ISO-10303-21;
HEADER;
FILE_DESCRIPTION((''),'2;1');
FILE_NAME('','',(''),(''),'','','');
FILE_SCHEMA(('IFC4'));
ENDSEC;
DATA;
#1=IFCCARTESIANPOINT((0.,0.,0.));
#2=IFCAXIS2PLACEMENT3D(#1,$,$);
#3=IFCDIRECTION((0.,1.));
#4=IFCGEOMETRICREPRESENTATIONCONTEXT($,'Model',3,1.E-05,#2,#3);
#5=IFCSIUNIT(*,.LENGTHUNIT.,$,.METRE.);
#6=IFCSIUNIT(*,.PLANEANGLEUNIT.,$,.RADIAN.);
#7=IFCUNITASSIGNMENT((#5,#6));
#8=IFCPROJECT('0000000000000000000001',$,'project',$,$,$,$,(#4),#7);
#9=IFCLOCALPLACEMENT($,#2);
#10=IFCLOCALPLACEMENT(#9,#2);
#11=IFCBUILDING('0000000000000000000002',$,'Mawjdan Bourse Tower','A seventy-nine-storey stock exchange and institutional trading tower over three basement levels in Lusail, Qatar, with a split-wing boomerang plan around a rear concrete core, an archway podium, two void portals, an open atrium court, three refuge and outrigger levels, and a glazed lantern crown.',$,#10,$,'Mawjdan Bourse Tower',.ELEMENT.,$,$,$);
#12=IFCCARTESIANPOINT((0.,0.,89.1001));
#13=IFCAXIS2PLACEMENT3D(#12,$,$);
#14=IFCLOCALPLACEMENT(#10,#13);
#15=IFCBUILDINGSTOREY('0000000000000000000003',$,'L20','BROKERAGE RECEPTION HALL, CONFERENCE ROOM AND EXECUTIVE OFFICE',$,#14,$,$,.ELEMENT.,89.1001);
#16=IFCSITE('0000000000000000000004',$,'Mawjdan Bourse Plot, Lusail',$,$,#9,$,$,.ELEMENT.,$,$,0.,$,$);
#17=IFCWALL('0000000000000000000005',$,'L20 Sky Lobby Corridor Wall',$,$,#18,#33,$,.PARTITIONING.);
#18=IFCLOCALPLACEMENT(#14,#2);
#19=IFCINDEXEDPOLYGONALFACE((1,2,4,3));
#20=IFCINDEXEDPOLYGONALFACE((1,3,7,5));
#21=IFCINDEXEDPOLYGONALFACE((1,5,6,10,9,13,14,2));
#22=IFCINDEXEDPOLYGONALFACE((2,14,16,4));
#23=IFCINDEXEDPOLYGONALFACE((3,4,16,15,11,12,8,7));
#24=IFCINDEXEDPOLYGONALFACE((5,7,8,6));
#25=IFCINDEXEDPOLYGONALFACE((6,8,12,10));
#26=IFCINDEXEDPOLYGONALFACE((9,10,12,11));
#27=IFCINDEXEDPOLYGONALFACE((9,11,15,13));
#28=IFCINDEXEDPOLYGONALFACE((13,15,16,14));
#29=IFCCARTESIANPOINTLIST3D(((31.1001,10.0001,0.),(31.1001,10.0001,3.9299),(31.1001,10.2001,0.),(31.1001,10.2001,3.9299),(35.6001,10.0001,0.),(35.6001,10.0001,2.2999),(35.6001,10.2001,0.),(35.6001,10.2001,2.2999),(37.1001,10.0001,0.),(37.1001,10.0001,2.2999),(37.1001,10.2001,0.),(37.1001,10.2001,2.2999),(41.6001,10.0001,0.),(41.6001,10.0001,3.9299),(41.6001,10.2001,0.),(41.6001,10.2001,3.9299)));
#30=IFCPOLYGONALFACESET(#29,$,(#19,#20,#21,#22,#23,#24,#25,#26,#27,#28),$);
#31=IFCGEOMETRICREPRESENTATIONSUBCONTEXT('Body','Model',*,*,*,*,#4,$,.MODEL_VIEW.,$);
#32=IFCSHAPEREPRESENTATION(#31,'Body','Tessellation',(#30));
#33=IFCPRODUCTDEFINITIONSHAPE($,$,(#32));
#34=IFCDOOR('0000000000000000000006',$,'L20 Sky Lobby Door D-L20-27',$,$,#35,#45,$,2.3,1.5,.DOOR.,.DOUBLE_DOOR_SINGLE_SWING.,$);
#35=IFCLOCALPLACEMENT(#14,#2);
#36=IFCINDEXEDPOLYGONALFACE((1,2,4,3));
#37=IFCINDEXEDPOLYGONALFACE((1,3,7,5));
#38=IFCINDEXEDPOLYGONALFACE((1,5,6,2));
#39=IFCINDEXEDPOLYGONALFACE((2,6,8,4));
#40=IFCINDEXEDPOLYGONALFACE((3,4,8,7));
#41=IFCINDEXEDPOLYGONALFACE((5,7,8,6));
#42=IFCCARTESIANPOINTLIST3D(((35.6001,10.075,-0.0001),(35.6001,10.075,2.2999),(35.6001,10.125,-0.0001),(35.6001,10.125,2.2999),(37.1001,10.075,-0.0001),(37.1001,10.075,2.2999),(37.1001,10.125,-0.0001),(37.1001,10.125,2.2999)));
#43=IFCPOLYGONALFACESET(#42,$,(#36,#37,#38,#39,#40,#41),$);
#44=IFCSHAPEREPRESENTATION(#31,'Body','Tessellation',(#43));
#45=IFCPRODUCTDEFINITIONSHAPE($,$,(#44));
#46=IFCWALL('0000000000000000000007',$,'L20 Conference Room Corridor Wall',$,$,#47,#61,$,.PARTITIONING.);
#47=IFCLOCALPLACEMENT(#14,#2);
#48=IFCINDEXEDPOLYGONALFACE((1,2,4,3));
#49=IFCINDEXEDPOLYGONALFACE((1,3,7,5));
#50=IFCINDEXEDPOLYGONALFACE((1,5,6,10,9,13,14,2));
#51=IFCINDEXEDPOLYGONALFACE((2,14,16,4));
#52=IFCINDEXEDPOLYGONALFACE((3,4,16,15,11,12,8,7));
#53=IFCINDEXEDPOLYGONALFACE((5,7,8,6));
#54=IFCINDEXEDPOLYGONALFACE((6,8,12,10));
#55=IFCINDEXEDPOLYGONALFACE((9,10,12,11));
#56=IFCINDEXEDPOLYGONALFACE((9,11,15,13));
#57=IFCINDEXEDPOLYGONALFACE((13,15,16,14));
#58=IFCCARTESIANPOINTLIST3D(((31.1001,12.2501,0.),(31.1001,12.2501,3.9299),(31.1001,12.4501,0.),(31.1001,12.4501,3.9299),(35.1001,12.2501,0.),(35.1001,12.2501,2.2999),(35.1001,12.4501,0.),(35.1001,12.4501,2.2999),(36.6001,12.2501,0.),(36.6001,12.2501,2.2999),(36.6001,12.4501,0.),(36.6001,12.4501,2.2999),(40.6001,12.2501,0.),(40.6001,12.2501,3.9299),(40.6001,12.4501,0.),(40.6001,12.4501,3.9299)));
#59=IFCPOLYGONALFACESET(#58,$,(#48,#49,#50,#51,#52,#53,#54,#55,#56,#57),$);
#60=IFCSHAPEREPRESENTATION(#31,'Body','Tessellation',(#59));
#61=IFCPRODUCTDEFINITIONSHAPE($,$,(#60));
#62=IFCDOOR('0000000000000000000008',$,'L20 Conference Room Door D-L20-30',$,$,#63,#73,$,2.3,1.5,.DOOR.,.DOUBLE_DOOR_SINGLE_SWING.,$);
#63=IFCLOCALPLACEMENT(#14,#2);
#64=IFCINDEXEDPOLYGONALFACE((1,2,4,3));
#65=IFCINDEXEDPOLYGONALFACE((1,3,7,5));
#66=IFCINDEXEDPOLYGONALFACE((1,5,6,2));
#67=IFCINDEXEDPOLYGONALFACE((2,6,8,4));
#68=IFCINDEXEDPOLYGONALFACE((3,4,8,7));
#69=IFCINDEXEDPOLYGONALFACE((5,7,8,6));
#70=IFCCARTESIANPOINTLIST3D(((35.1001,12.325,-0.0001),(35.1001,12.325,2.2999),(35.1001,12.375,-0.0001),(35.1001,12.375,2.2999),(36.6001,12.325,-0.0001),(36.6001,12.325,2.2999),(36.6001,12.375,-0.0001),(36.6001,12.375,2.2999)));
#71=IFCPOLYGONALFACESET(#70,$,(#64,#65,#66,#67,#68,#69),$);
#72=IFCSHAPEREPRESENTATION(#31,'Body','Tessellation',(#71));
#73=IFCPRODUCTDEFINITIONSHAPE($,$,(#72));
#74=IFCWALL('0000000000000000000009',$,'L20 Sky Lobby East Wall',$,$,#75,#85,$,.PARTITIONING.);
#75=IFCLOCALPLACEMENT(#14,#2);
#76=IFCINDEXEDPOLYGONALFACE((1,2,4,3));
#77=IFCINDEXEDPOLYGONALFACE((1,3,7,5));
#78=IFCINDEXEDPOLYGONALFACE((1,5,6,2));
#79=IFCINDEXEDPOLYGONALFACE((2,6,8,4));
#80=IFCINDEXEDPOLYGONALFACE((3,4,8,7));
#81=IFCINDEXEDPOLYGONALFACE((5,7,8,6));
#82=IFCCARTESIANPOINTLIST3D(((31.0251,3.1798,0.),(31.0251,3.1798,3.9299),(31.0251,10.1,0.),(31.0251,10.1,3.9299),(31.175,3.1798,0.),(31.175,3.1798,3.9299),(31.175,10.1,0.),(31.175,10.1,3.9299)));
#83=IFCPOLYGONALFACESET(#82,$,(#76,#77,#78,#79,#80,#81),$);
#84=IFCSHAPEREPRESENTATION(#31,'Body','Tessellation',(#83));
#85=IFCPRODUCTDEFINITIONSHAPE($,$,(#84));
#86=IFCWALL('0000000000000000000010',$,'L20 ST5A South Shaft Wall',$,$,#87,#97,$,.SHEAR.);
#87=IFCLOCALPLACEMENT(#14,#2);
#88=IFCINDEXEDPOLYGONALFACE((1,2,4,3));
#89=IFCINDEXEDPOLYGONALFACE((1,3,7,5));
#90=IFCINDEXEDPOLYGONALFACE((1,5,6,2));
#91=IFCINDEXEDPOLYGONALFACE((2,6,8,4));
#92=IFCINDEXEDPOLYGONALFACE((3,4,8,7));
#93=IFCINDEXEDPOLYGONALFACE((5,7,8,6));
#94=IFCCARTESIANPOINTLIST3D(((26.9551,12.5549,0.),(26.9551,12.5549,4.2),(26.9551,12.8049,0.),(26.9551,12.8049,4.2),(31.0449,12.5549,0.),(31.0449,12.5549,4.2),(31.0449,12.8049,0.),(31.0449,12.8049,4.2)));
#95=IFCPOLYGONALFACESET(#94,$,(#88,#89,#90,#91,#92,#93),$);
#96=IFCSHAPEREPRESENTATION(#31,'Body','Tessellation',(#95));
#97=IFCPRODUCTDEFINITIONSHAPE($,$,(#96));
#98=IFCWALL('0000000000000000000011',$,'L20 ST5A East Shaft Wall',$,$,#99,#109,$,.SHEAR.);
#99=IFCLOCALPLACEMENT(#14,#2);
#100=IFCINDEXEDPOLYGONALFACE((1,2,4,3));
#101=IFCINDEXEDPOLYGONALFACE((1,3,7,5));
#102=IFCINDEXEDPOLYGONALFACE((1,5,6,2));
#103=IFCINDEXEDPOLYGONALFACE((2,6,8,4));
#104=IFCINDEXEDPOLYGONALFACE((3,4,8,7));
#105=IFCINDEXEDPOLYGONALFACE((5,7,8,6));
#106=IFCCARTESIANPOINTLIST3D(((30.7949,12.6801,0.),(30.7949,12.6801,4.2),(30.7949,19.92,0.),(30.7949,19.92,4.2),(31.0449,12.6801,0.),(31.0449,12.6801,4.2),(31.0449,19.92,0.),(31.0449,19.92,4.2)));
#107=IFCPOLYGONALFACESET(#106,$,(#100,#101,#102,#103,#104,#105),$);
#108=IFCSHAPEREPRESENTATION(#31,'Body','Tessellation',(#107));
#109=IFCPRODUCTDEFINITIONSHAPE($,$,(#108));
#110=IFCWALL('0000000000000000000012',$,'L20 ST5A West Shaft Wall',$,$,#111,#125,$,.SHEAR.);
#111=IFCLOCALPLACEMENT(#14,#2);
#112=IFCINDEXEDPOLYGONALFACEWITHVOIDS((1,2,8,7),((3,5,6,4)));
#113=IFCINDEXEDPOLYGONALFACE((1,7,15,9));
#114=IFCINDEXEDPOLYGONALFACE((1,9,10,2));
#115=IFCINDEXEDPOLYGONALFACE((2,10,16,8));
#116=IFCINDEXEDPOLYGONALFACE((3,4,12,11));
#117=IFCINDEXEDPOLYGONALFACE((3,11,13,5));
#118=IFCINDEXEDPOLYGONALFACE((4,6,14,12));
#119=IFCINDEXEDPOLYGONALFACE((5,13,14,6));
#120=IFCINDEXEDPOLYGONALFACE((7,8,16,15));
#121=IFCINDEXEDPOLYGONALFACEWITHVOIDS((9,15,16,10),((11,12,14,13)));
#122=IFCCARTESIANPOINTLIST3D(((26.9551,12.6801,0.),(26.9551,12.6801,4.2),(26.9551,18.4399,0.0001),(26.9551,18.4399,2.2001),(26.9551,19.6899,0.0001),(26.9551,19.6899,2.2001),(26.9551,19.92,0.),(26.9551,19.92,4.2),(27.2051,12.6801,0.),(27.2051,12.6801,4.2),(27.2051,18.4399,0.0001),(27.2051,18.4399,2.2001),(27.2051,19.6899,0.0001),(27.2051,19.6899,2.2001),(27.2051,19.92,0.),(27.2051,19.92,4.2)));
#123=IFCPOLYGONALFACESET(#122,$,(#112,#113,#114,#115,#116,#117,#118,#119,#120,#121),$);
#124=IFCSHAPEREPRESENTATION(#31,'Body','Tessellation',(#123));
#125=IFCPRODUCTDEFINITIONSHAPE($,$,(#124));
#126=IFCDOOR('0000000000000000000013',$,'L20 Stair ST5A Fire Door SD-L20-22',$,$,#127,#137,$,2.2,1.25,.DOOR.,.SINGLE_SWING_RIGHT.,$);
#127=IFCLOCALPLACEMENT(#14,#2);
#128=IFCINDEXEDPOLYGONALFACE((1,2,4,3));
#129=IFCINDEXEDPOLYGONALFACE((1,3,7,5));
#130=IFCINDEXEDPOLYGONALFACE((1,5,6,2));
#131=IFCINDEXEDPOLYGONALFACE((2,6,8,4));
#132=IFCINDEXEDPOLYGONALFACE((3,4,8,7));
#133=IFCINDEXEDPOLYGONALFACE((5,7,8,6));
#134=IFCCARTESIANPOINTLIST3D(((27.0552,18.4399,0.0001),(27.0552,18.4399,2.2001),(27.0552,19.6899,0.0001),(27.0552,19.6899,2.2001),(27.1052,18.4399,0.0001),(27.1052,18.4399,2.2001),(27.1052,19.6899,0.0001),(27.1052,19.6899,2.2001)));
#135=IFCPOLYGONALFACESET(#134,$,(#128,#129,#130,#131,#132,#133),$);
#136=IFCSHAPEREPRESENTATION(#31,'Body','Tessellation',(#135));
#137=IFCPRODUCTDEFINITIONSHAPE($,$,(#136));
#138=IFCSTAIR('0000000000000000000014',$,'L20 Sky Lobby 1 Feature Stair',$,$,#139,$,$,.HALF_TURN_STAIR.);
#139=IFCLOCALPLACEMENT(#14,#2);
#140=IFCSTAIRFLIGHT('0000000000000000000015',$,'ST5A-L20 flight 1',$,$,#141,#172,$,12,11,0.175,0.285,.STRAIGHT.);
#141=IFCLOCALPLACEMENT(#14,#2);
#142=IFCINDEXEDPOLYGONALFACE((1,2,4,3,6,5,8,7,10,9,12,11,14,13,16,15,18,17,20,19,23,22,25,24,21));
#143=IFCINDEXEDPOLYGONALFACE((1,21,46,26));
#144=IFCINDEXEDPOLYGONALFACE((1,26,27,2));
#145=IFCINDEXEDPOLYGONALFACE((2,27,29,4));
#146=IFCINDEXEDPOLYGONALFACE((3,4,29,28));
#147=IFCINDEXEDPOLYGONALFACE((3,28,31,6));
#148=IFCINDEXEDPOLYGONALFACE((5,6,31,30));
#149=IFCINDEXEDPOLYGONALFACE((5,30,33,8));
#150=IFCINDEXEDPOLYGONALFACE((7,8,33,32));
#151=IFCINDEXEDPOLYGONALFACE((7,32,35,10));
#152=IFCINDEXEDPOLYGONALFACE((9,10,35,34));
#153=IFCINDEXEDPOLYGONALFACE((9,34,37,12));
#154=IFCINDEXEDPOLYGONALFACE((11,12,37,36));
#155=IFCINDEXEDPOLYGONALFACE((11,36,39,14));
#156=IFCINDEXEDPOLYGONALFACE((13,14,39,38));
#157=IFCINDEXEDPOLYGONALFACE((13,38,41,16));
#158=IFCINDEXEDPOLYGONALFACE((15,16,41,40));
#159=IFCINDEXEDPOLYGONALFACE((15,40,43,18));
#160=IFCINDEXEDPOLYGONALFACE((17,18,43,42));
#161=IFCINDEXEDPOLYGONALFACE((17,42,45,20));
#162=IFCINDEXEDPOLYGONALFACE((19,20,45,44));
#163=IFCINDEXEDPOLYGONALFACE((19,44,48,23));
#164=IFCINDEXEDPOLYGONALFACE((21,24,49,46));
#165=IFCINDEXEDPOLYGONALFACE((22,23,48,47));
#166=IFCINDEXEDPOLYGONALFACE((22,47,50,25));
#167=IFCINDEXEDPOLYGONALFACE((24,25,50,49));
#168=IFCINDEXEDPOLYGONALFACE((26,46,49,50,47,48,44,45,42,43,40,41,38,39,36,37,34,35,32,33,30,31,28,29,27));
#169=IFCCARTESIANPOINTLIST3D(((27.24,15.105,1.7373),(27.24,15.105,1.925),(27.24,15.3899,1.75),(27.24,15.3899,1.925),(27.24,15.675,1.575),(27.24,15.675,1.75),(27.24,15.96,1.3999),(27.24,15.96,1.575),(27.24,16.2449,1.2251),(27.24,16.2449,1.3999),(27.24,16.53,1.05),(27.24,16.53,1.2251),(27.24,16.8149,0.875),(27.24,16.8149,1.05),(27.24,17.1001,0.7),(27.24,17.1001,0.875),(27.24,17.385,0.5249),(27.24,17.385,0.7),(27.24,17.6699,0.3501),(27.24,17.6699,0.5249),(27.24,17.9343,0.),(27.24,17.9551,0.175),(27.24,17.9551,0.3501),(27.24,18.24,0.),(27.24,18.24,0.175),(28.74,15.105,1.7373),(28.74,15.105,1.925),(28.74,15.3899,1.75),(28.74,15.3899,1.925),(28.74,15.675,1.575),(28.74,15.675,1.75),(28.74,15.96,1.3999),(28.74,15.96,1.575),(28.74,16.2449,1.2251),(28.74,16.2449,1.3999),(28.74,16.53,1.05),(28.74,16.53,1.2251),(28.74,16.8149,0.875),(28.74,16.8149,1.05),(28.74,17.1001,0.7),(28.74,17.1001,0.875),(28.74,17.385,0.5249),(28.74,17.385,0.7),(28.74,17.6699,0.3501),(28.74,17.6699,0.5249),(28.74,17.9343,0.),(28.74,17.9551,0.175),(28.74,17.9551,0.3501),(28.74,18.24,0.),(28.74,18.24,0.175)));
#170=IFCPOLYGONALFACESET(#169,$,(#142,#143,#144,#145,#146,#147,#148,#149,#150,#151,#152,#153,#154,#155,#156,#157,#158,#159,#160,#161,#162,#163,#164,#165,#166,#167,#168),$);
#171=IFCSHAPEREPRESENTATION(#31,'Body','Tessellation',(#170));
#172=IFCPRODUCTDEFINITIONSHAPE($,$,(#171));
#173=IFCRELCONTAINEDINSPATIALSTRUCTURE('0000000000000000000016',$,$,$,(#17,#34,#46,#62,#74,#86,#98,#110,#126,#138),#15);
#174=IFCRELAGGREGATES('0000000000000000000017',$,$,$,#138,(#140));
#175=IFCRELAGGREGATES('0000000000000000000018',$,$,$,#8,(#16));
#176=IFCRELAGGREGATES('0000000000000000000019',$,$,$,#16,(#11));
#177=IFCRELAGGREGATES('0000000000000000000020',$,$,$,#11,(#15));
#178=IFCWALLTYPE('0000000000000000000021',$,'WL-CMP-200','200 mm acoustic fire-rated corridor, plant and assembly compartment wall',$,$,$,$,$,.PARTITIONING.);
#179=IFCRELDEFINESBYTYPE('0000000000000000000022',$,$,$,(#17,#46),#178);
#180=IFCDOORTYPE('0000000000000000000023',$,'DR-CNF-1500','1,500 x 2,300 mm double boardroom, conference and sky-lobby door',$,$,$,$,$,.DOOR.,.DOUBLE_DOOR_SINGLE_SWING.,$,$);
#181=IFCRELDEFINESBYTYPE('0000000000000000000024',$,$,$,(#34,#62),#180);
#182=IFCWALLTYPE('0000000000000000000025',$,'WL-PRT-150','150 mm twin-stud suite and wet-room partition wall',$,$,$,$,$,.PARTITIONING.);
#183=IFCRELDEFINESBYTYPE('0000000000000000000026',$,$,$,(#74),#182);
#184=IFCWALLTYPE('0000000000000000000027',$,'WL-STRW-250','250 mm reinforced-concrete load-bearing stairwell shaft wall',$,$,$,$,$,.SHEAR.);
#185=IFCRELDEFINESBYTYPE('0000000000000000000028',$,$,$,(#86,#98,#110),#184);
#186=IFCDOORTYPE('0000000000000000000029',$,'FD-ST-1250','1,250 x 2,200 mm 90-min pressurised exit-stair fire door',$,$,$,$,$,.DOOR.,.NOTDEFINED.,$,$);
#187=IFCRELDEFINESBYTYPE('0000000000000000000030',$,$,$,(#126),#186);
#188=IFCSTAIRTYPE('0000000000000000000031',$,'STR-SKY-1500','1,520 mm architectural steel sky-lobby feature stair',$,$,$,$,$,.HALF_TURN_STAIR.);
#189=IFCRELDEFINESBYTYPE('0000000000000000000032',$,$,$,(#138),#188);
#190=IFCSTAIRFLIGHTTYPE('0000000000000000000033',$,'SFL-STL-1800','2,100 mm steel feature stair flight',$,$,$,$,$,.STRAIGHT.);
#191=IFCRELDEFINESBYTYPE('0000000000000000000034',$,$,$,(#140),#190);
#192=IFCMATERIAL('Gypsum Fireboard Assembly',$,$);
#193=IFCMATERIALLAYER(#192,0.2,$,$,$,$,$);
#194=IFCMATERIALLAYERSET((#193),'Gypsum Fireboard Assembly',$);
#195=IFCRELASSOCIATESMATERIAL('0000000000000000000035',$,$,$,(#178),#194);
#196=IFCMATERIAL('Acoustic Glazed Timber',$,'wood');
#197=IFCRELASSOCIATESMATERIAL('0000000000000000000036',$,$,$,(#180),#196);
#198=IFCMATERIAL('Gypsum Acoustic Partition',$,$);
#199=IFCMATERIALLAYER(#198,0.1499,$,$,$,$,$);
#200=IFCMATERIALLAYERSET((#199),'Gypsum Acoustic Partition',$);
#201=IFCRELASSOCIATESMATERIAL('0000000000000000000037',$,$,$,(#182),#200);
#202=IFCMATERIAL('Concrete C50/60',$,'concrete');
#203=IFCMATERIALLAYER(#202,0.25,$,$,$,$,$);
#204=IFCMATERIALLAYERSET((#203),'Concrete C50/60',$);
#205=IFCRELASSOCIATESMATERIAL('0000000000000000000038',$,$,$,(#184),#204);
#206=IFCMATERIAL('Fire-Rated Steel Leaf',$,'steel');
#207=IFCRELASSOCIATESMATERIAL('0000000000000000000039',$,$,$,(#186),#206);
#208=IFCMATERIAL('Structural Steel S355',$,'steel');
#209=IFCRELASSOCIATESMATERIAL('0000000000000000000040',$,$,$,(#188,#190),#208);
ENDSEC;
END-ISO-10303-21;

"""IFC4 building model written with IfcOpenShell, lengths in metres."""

from ifc_helpers import new_model, si_unit, direction, frame, frame_2d, origin, place, context, subcontext, project, spatial, polyline, rectangle, outline, extrude, material, layer, layer_set, type_object, element, fill, aggregate, save


model = new_model("IFC4")

# Units and contexts
model_context = context("Model", 3, precision=1e-05, world=origin(), true_north=direction((0.0, 1.0)))
body_context = subcontext(model_context, "Body", "Model", "MODEL_VIEW")
ifc_project = project(units=[si_unit("LENGTHUNIT", "METRE"), si_unit("PLANEANGLEUNIT", "RADIAN")], contexts=[model_context])

# Site, building, storey
site_placement = place(None, origin())
site = spatial("IfcSite", under=ifc_project, at=site_placement, Name="Mawjdan Bourse Plot, Lusail", CompositionType="ELEMENT", RefElevation=0.0)
building_placement = place(site_placement, origin())
building = spatial("IfcBuilding", under=site, at=building_placement, Name="Mawjdan Bourse Tower", Description="A seventy-nine-storey stock exchange and institutional trading tower over three basement levels in Lusail, Qatar, with a split-wing boomerang plan around a rear concrete core, an archway podium, two void portals, an open atrium court, three refuge and outrigger levels, and a glazed lantern crown.", LongName="Mawjdan Bourse Tower", CompositionType="ELEMENT")
storey_placement = place(building_placement, frame((0.0, 0.0, 89.1001)))
storey = spatial("IfcBuildingStorey", under=building, at=storey_placement, Name="L20", Description="BROKERAGE RECEPTION HALL, CONFERENCE ROOM AND EXECUTIVE OFFICE", CompositionType="ELEMENT", Elevation=89.1001)

# Shared definitions
ifc_material_1 = material(Name="Structural Steel S355", Category="steel")

# Shared definitions
ifc_material_2 = material(Name="Gypsum Fireboard Assembly")
ifc_layer_1 = layer(ifc_material_2, 0.2)
ifc_layer_set_1 = layer_set([ifc_layer_1], Name="Gypsum Fireboard Assembly")
wall_type_1 = type_object("IfcWallType", Name="WL-CMP-200", Description="200 mm acoustic fire-rated corridor, plant and assembly compartment wall", PredefinedType="PARTITIONING", material=ifc_layer_set_1)
ifc_material_3 = material(Name="Acoustic Glazed Timber", Category="wood")
door_type_1 = type_object("IfcDoorType", Name="DR-CNF-1500", Description="1,500 x 2,300 mm double boardroom, conference and sky-lobby door", OperationType="DOUBLE_DOOR_SINGLE_SWING", PredefinedType="DOOR", material=ifc_material_3)

# Walls, openings, doors
wall_1_placement = place(storey_placement, frame((31.1001, 10.1001, 0.0), z_axis=(0.0, 0.0, 1.0), x_axis=(1.0, 0.0, 0.0)))
wall_1 = element("IfcWall", 1, at=wall_1_placement, inside=storey, type_object=wall_type_1, Name="L20 Sky Lobby Corridor Wall", PredefinedType="PARTITIONING", context=body_context, shape_type="SweptSolid", body=[
    extrude(rectangle(XDim=10.5, YDim=0.2, at=frame_2d((5.25, 0.0))), origin(), (0.0, 0.0, 1.0), 3.9299),
])
opening_1_placement = place(wall_1_placement, frame((4.5, 0.0, 0.0)))
opening_1 = element("IfcOpeningElement", 2, at=opening_1_placement, cuts=wall_1, PredefinedType="OPENING", context=body_context, shape_type="SweptSolid", body=[
    extrude(rectangle(XDim=1.5, YDim=2.3, at=frame_2d((0.75, 1.1499))), frame((0.0, 0.1099, 0.0), z_axis=(0.0, -1.0, 0.0), x_axis=(1.0, 0.0, 0.0)), (0.0, 0.0, 1.0), 0.22),
])
door_1_placement = place(opening_1_placement, origin())
door_1 = element("IfcDoor", 3, at=door_1_placement, inside=storey, type_object=door_type_1, Name="L20 Sky Lobby Door D-L20-27", OperationType="DOUBLE_DOOR_SINGLE_SWING", OverallHeight=2.3, OverallWidth=1.5, PredefinedType="DOOR", context=body_context, shape_type="SweptSolid", body=[
    extrude(rectangle(XDim=1.5, YDim=2.3, at=frame_2d((0.75, 1.1499))), frame((0.0, 0.0249, 0.0), z_axis=(0.0, -1.0, 0.0), x_axis=(1.0, 0.0, 0.0)), (0.0, 0.0, 1.0), 0.05),
])
fill(opening_1, door_1)
wall_2_placement = place(storey_placement, frame((31.1001, 12.3501, 0.0), z_axis=(0.0, 0.0, 1.0), x_axis=(1.0, 0.0, 0.0)))
wall_2 = element("IfcWall", 4, at=wall_2_placement, inside=storey, type_object=wall_type_1, Name="L20 Conference Room Corridor Wall", PredefinedType="PARTITIONING", context=body_context, shape_type="SweptSolid", body=[
    extrude(rectangle(XDim=9.5, YDim=0.2, at=frame_2d((4.75, 0.0))), origin(), (0.0, 0.0, 1.0), 3.9299),
])
opening_2_placement = place(wall_2_placement, frame((4.0, 0.0, 0.0)))
opening_2 = element("IfcOpeningElement", 5, at=opening_2_placement, cuts=wall_2, PredefinedType="OPENING", context=body_context, shape_type="SweptSolid", body=[
    extrude(rectangle(XDim=1.5, YDim=2.3, at=frame_2d((0.75, 1.1499))), frame((0.0, 0.1099, 0.0), z_axis=(0.0, -1.0, 0.0), x_axis=(1.0, 0.0, 0.0)), (0.0, 0.0, 1.0), 0.22),
])
door_2_placement = place(opening_2_placement, origin())
door_2 = element("IfcDoor", 6, at=door_2_placement, inside=storey, type_object=door_type_1, Name="L20 Conference Room Door D-L20-30", OperationType="DOUBLE_DOOR_SINGLE_SWING", OverallHeight=2.3, OverallWidth=1.5, PredefinedType="DOOR", context=body_context, shape_type="SweptSolid", body=[
    extrude(rectangle(XDim=1.5, YDim=2.3, at=frame_2d((0.75, 1.1499))), frame((0.0, 0.0249, 0.0), z_axis=(0.0, -1.0, 0.0), x_axis=(1.0, 0.0, 0.0)), (0.0, 0.0, 1.0), 0.05),
])
fill(opening_2, door_2)

# Walls
ifc_material_4 = material(Name="Gypsum Acoustic Partition")
ifc_layer_2 = layer(ifc_material_4, 0.1499)
ifc_layer_set_2 = layer_set([ifc_layer_2], Name="Gypsum Acoustic Partition")
wall_type_2 = type_object("IfcWallType", Name="WL-PRT-150", Description="150 mm twin-stud suite and wet-room partition wall", PredefinedType="PARTITIONING", material=ifc_layer_set_2)
wall_3_placement = place(storey_placement, frame((31.1001, 3.1799, 0.0), z_axis=(0.0, 0.0, 1.0), x_axis=(0.0, 1.0, 0.0)))
element("IfcWall", 7, at=wall_3_placement, inside=storey, type_object=wall_type_2, Name="L20 Sky Lobby East Wall", PredefinedType="PARTITIONING", context=body_context, shape_type="SweptSolid", body=[
    extrude(rectangle(XDim=6.9202, YDim=0.1499, at=frame_2d((3.46, 0.0))), origin(), (0.0, 0.0, 1.0), 3.9299),
])
ifc_material_5 = material(Name="Concrete C50/60", Category="concrete")
ifc_layer_3 = layer(ifc_material_5, 0.25)
ifc_layer_set_3 = layer_set([ifc_layer_3], Name="Concrete C50/60")
wall_type_3 = type_object("IfcWallType", Name="WL-STRW-250", Description="250 mm reinforced-concrete load-bearing stairwell shaft wall", PredefinedType="SHEAR", material=ifc_layer_set_3)
wall_4_placement = place(storey_placement, frame((26.9551, 12.6799, 0.0), z_axis=(0.0, 0.0, 1.0), x_axis=(1.0, 0.0, 0.0)))
element("IfcWall", 8, at=wall_4_placement, inside=storey, type_object=wall_type_3, Name="L20 ST5A South Shaft Wall", PredefinedType="SHEAR", context=body_context, shape_type="SweptSolid", body=[
    extrude(rectangle(XDim=4.0898, YDim=0.25, at=frame_2d((2.0449, 0.0))), origin(), (0.0, 0.0, 1.0), 4.2),
])
wall_5_placement = place(storey_placement, frame((30.9199, 12.6799, 0.0), z_axis=(0.0, 0.0, 1.0), x_axis=(0.0, 1.0, 0.0)))
element("IfcWall", 9, at=wall_5_placement, inside=storey, type_object=wall_type_3, Name="L20 ST5A East Shaft Wall", PredefinedType="SHEAR", context=body_context, shape_type="SweptSolid", body=[
    extrude(rectangle(XDim=7.24, YDim=0.25, at=frame_2d((3.6201, 0.0))), origin(), (0.0, 0.0, 1.0), 4.2),
])

# Wall, opening, door
wall_6_placement = place(storey_placement, frame((27.0801, 12.6799, 0.0), z_axis=(0.0, 0.0, 1.0), x_axis=(0.0, 1.0, 0.0)))
wall_6 = element("IfcWall", 10, at=wall_6_placement, inside=storey, type_object=wall_type_3, Name="L20 ST5A West Shaft Wall", PredefinedType="SHEAR", context=body_context, shape_type="SweptSolid", body=[
    extrude(rectangle(XDim=7.24, YDim=0.25, at=frame_2d((3.6201, 0.0))), origin(), (0.0, 0.0, 1.0), 4.2),
])
opening_3_placement = place(wall_6_placement, frame((5.76, 0.0, 0.0)))
opening_3 = element("IfcOpeningElement", 11, at=opening_3_placement, cuts=wall_6, PredefinedType="OPENING", context=body_context, shape_type="SweptSolid", body=[
    extrude(rectangle(XDim=1.25, YDim=2.2, at=frame_2d((0.625, 1.1001))), frame((0.0, 0.135, 0.0), z_axis=(0.0, -1.0, 0.0), x_axis=(1.0, 0.0, 0.0)), (0.0, 0.0, 1.0), 0.27),
])
ifc_material_6 = material(Name="Fire-Rated Steel Leaf", Category="steel")
door_type_2 = type_object("IfcDoorType", Name="FD-ST-1250", Description="1,250 x 2,200 mm 90-min pressurised exit-stair fire door", OperationType="NOTDEFINED", PredefinedType="DOOR", material=ifc_material_6)
door_3_placement = place(opening_3_placement, origin())
door_3 = element("IfcDoor", 12, at=door_3_placement, inside=storey, type_object=door_type_2, Name="L20 Stair ST5A Fire Door SD-L20-22", OperationType="SINGLE_SWING_RIGHT", OverallHeight=2.2, OverallWidth=1.25, PredefinedType="DOOR", context=body_context, shape_type="SweptSolid", body=[
    extrude(rectangle(XDim=1.25, YDim=2.2, at=frame_2d((0.625, 1.1001))), frame((0.0, 0.0249, 0.0), z_axis=(0.0, -1.0, 0.0), x_axis=(1.0, 0.0, 0.0)), (0.0, 0.0, 1.0), 0.05),
])
fill(opening_3, door_3)

# Stair, stair flight
stair_type = type_object("IfcStairType", Name="STR-SKY-1500", Description="1,520 mm architectural steel sky-lobby feature stair", PredefinedType="HALF_TURN_STAIR", material=ifc_material_1)
stair_placement = place(storey_placement, origin())
stair = element("IfcStair", 13, at=stair_placement, inside=storey, type_object=stair_type, Name="L20 Sky Lobby 1 Feature Stair", PredefinedType="HALF_TURN_STAIR")
stair_flight_type = type_object("IfcStairFlightType", Name="SFL-STL-1800", Description="2,100 mm steel feature stair flight", PredefinedType="STRAIGHT", material=ifc_material_1)
stair_flight_1_placement = place(storey_placement, frame((27.99, 18.24, 0.0), z_axis=(0.0, 0.0, 1.0), x_axis=(0.0, -1.0, 0.0)))
stair_flight_1 = element("IfcStairFlight", 14, at=stair_flight_1_placement, type_object=stair_flight_type, Name="ST5A-L20 flight 1", NumberOfRisers=12, NumberOfTreads=11, PredefinedType="STRAIGHT", RiserHeight=0.175, TreadLength=0.285, context=body_context, shape_type="SweptSolid", body=[
    extrude(outline(polyline([(0.0, 0.0), (0.0, 0.175), (0.2849, 0.175), (0.2849, 0.3501), (0.5701, 0.3501), (0.5701, 0.5249), (0.855, 0.5249), (0.855, 0.7), (1.1399, 0.7), (1.1399, 0.875), (1.425, 0.875), (1.425, 1.05), (1.71, 1.05), (1.71, 1.2251), (1.9951, 1.2251), (1.9951, 1.3999), (2.28, 1.3999), (2.28, 1.575), (2.5649, 1.575), (2.5649, 1.75), (2.8501, 1.75), (2.8501, 1.925), (3.135, 1.925), (3.135, 2.1001), (3.135, 1.7373), (0.3057, 0.0), (0.0, 0.0)])), frame((0.0, 0.75, 0.0), z_axis=(0.0, -1.0, 0.0), x_axis=(1.0, 0.0, 0.0)), (0.0, 0.0, 1.0), 1.5),
])
aggregate(stair, [stair_flight_1])

save(model, "model.ifc")
